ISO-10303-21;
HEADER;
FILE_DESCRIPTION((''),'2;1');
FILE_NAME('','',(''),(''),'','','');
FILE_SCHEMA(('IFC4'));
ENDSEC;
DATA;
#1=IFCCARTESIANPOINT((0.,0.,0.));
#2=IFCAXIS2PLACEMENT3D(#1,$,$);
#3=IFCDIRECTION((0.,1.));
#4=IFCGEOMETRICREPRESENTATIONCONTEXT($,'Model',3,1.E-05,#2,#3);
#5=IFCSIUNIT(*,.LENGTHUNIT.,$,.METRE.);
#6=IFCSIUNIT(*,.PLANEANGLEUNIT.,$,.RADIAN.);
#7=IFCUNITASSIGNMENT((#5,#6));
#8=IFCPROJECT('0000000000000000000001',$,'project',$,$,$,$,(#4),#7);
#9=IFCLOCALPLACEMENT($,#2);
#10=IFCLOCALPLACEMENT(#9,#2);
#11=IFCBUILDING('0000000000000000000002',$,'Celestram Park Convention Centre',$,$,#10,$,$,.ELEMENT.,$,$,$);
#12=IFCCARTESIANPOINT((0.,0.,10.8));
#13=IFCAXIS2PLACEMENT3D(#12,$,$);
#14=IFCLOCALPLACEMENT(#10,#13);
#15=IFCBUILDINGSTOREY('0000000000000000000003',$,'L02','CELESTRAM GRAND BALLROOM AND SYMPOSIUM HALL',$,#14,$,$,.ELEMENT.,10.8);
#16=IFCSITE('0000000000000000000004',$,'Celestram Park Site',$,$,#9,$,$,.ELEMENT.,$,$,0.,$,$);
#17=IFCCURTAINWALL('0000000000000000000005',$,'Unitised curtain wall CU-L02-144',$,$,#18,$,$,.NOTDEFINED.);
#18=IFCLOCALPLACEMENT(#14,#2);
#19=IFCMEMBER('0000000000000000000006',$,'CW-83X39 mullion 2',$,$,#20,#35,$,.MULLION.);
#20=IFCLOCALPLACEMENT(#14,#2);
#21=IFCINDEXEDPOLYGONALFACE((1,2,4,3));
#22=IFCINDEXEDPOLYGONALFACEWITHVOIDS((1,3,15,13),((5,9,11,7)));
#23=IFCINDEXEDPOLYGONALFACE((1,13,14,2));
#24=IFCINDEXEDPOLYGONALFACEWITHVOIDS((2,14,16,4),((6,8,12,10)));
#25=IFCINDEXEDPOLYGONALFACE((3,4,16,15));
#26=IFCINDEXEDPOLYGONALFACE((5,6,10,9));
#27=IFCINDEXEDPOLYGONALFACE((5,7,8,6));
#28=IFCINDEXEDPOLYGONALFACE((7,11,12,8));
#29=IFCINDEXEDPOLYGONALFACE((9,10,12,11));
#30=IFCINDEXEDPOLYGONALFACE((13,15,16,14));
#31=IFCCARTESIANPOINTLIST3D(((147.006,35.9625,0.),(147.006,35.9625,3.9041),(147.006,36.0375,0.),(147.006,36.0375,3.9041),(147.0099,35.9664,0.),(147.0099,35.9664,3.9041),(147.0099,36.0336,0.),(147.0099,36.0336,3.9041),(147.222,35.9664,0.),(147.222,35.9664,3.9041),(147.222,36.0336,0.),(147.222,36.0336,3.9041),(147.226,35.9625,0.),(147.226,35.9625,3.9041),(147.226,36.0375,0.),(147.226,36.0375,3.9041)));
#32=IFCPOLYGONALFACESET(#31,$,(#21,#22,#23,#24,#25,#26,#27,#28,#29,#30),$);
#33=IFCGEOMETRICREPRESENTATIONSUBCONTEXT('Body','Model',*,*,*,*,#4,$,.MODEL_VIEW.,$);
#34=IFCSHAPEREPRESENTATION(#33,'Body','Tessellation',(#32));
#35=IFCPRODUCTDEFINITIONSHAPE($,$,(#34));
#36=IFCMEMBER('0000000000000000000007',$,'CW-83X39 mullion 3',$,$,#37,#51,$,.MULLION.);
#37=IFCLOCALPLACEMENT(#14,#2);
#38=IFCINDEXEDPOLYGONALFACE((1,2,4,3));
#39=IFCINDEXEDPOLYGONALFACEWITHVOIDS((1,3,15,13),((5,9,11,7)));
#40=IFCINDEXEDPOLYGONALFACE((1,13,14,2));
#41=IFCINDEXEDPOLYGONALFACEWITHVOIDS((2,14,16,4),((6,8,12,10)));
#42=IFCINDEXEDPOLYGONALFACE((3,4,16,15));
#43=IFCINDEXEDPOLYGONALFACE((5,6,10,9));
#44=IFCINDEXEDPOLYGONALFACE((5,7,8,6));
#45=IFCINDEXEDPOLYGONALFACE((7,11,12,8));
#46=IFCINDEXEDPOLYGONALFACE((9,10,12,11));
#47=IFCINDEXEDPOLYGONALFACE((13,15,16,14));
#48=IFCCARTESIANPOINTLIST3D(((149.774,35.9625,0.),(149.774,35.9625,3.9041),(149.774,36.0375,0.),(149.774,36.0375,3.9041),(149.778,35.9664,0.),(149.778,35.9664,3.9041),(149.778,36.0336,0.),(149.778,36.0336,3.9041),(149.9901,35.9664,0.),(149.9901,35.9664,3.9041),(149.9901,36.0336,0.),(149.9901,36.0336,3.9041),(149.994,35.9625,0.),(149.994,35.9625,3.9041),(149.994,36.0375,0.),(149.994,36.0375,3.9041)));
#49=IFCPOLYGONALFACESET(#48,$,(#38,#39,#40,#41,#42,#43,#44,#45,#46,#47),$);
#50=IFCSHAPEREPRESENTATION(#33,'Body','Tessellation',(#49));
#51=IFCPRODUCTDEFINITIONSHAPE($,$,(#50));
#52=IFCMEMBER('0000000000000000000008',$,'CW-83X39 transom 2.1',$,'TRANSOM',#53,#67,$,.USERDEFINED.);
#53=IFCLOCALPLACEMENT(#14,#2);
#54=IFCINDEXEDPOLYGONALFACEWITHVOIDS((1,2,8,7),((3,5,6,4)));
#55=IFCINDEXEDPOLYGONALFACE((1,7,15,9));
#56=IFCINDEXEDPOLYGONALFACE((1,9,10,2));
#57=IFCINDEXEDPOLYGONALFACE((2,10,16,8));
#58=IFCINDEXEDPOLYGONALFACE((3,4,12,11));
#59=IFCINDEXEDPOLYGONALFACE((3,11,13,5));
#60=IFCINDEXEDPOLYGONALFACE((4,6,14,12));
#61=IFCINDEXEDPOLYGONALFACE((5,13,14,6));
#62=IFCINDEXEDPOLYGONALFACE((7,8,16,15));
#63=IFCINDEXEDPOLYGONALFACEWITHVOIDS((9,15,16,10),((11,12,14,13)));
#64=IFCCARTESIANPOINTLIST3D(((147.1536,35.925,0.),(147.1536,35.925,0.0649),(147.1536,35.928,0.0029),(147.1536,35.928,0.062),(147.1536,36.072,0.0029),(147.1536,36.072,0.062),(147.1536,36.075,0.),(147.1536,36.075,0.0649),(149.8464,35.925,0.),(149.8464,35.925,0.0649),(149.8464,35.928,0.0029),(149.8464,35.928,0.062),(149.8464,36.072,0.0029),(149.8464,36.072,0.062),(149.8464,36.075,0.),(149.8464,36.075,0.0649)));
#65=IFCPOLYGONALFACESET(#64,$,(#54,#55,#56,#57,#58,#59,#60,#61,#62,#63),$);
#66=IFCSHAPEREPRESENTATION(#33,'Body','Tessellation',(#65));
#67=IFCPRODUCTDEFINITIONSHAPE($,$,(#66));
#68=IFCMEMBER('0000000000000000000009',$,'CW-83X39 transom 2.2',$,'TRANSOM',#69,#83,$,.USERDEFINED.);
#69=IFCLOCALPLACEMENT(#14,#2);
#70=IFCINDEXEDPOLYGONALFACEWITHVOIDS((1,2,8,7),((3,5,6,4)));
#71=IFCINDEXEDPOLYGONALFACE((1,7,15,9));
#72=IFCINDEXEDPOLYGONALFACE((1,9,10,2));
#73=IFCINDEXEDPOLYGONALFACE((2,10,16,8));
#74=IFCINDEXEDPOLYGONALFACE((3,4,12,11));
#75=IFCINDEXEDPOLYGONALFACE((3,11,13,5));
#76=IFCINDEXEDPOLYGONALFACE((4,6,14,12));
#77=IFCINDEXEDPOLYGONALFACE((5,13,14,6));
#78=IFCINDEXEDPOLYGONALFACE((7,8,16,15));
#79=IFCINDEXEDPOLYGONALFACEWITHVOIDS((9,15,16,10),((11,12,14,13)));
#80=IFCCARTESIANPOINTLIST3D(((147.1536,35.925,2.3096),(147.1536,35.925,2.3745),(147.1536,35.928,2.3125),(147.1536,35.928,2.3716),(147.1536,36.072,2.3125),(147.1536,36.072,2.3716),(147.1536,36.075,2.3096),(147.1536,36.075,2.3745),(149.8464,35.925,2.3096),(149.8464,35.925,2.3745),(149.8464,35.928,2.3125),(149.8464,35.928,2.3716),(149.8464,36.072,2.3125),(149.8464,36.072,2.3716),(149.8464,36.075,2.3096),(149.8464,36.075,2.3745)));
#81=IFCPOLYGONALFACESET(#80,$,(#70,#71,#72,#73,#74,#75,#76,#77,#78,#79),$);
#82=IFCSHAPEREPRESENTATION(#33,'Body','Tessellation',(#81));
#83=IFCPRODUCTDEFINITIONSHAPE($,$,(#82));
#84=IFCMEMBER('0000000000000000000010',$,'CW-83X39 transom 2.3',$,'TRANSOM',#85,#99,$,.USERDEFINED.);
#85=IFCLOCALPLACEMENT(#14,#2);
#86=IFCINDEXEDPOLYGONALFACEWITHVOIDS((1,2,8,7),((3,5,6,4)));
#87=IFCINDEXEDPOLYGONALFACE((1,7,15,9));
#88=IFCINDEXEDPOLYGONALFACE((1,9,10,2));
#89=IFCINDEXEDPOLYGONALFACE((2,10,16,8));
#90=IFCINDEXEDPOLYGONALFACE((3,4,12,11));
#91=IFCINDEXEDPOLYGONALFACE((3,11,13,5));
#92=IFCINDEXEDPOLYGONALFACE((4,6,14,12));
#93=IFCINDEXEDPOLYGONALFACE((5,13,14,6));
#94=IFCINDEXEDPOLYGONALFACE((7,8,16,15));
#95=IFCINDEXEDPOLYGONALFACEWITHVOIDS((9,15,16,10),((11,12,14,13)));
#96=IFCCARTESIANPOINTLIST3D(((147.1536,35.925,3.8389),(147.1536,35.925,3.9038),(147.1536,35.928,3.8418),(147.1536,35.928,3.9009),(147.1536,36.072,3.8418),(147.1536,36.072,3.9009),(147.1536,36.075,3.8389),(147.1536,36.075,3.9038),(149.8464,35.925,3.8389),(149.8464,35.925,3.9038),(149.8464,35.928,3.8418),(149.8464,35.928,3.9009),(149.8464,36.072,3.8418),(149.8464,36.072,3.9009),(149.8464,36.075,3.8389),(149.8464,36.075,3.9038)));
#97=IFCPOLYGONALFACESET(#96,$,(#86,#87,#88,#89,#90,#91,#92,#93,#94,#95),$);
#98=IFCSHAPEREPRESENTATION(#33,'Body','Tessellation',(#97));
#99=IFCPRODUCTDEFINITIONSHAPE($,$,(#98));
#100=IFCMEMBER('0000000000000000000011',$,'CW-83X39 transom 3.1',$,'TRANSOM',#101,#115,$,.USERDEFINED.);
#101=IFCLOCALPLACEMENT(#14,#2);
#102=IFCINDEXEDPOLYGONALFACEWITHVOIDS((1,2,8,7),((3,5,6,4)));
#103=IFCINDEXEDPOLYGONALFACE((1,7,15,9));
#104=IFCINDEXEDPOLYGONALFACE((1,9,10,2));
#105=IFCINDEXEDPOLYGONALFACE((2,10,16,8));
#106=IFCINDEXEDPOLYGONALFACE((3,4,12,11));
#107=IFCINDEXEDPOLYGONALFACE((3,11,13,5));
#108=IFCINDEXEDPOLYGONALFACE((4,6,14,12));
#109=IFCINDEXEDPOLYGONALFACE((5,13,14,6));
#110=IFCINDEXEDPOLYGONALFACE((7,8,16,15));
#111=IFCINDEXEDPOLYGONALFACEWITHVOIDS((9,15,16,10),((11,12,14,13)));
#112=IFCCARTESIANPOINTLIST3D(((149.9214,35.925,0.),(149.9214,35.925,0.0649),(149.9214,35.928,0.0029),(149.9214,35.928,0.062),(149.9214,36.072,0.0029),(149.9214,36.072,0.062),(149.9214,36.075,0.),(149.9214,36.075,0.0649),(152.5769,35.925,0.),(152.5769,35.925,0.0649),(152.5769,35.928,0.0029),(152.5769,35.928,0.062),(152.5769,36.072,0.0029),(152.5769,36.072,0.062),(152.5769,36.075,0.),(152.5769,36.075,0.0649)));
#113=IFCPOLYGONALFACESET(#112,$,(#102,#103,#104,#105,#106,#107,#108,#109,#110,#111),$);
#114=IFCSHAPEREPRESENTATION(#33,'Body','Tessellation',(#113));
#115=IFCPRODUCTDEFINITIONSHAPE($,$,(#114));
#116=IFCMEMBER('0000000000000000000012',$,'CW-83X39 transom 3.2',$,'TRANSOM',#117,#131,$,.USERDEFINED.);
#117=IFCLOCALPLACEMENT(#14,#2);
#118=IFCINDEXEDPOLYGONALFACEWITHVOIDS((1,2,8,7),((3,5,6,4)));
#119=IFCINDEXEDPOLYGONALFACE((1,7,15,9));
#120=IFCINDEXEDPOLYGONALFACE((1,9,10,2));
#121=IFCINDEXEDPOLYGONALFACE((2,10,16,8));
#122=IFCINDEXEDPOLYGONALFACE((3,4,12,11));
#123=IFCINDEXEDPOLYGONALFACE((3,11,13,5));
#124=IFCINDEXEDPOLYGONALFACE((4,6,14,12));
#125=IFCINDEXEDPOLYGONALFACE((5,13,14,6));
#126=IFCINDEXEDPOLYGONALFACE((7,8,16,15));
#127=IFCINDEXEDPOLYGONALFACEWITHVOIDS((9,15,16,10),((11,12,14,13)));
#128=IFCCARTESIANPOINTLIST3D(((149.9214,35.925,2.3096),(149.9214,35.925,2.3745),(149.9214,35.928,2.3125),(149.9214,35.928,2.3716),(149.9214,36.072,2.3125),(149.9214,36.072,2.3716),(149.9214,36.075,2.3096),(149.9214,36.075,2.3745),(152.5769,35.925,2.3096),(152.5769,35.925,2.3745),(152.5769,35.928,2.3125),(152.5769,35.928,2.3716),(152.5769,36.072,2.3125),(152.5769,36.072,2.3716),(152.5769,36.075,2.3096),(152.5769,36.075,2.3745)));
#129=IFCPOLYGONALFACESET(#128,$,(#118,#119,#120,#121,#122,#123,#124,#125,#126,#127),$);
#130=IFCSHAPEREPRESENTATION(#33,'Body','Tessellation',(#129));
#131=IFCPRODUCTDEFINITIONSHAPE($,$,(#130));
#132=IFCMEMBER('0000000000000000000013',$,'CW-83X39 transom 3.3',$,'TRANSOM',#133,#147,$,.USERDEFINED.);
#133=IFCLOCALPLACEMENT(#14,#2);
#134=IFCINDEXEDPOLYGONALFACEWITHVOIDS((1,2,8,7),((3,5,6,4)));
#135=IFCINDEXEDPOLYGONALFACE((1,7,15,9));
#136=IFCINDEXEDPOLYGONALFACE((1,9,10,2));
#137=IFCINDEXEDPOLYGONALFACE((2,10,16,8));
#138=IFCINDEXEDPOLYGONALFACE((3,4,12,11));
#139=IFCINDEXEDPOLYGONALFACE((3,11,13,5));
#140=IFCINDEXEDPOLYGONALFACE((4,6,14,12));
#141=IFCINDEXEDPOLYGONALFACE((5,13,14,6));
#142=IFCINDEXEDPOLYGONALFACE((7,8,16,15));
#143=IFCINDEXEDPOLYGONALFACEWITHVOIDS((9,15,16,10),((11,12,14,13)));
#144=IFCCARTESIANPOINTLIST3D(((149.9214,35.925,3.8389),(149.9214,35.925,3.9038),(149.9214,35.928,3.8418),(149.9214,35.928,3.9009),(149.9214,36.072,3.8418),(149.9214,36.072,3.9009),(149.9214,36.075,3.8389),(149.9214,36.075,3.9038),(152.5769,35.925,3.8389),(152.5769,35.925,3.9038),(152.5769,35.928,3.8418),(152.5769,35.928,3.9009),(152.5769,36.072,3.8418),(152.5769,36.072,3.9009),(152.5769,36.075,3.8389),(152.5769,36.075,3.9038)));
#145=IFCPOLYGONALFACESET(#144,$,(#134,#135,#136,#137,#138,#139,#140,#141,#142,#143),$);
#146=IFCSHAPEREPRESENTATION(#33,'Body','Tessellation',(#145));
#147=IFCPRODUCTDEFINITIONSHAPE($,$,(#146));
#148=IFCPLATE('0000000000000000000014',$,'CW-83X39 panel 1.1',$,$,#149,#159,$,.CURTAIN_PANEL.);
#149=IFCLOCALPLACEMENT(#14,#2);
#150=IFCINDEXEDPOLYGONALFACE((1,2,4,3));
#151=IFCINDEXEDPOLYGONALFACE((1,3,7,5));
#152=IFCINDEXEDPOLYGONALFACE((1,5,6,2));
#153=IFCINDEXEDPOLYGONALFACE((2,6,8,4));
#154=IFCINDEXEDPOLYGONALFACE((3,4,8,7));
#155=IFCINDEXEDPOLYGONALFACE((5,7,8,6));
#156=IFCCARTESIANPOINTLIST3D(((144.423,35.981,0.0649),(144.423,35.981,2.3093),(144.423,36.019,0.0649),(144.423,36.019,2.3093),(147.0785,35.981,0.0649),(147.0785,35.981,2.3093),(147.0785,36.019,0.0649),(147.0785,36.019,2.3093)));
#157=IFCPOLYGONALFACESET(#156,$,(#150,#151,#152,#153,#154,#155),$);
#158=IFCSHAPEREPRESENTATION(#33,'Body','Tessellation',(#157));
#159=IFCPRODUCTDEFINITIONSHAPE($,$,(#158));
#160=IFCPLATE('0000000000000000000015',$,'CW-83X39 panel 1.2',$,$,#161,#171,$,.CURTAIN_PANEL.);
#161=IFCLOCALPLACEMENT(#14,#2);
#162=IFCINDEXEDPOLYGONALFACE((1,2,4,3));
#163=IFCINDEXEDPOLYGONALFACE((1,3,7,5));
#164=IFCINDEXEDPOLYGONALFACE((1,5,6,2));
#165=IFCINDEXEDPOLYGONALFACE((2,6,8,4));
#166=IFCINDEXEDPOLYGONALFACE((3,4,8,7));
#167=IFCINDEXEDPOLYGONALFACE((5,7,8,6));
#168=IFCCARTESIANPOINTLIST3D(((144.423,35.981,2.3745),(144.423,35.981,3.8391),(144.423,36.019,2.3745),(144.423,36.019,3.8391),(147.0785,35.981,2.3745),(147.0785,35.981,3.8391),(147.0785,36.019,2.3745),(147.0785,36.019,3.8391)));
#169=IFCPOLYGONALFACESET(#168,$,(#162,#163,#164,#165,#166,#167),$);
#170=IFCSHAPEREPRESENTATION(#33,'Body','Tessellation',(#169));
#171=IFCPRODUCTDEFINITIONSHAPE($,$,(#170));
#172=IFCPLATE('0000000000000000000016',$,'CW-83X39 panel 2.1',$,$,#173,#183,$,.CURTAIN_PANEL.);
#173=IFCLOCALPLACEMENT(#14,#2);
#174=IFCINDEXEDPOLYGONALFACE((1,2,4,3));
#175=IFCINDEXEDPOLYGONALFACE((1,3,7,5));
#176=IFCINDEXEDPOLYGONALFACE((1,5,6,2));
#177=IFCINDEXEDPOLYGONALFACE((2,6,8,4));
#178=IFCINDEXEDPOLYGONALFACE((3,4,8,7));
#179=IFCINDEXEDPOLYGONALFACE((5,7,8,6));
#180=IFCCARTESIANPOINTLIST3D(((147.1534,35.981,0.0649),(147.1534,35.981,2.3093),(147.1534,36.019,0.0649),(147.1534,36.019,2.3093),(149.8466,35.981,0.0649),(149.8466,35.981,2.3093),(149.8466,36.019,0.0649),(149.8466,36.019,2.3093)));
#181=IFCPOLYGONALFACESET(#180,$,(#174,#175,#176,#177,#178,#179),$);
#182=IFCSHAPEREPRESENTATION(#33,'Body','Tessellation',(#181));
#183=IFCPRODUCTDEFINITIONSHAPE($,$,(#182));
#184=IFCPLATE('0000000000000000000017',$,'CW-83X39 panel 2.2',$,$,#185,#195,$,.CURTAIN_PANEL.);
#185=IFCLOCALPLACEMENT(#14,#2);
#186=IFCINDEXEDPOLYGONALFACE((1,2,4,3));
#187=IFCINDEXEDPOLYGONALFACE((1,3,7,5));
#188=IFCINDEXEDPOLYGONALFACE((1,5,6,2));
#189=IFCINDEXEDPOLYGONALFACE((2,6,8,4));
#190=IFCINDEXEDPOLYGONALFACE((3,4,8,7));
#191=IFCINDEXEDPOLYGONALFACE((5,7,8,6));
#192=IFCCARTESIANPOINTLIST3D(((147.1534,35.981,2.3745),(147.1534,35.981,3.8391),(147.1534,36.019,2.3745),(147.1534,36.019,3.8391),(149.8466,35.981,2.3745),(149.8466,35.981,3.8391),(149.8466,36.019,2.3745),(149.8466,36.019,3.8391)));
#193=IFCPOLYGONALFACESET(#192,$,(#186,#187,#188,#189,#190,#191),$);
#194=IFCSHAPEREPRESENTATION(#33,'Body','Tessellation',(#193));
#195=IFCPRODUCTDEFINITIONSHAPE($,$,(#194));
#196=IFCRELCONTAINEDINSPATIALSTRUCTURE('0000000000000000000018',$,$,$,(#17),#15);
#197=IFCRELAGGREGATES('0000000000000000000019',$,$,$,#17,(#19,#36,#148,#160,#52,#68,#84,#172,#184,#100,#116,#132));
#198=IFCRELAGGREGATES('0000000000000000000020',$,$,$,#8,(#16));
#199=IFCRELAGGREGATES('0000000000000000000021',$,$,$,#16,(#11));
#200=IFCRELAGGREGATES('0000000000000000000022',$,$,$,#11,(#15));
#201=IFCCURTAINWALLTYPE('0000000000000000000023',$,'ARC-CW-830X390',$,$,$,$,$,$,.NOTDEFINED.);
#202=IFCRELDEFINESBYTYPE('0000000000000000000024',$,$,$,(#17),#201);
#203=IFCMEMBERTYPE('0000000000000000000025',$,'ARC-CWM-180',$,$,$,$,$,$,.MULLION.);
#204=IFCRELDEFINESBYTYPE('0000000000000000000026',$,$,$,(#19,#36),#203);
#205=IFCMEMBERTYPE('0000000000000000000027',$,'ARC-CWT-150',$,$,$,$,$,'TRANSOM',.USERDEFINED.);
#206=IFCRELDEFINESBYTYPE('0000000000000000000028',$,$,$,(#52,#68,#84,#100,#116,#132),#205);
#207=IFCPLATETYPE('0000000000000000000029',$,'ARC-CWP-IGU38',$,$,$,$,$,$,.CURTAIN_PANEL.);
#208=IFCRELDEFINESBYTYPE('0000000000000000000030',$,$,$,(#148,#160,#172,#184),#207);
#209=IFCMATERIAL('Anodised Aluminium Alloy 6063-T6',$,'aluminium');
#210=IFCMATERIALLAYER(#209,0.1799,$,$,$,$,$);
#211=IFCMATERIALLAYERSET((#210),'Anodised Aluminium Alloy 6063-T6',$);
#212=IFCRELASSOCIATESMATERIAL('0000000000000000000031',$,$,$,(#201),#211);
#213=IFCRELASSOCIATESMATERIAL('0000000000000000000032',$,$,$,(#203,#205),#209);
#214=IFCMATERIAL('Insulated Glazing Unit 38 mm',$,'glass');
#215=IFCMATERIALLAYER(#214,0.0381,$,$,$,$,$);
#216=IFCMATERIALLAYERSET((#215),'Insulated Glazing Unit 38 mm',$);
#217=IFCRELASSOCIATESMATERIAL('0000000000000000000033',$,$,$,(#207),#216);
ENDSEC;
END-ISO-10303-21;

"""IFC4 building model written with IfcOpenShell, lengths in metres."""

from ifc_helpers import new_model, si_unit, direction, frame, origin, origin_2d, place, context, subcontext, project, spatial, rectangle, hollow_rectangle, extrude, material, layer, layer_set, material_profile, profile_set, type_object, element, aggregate, save


model = new_model("IFC4")

# Units and contexts
model_context = context("Model", 3, precision=1e-05, world=origin(), true_north=direction((0.0, 1.0)))
body_context = subcontext(model_context, "Body", "Model", "MODEL_VIEW")
ifc_project = project(units=[si_unit("LENGTHUNIT", "METRE"), si_unit("PLANEANGLEUNIT", "RADIAN")], contexts=[model_context])

# Site, building, storey
site_placement = place(None, origin())
site = spatial("IfcSite", under=ifc_project, at=site_placement, Name="Celestram Park Site", CompositionType="ELEMENT", RefElevation=0.0)
building_placement = place(site_placement, origin())
building = spatial("IfcBuilding", under=site, at=building_placement, Name="Celestram Park Convention Centre", CompositionType="ELEMENT")
storey_placement = place(building_placement, frame((0.0, 0.0, 10.8)))
storey = spatial("IfcBuildingStorey", under=building, at=storey_placement, Name="L02", Description="CELESTRAM GRAND BALLROOM AND SYMPOSIUM HALL", CompositionType="ELEMENT", Elevation=10.8)

# Curtain wall, members, plates
ifc_material_1 = material(Name="Anodised Aluminium Alloy 6063-T6", Category="aluminium")
ifc_layer_1 = layer(ifc_material_1, 0.1799)
ifc_layer_set_1 = layer_set([ifc_layer_1], Name="Anodised Aluminium Alloy 6063-T6")
curtain_wall_type = type_object("IfcCurtainWallType", Name="ARC-CW-830X390", PredefinedType="NOTDEFINED", material=ifc_layer_set_1)
curtain_wall_placement = place(storey_placement, origin())
curtain_wall = element("IfcCurtainWall", 1, at=curtain_wall_placement, inside=storey, type_object=curtain_wall_type, Name="Unitised curtain wall CU-L02-144", PredefinedType="NOTDEFINED")
ifc_material_profile_1 = material_profile(ifc_material_1, hollow_rectangle(XDim=0.075, YDim=0.22, WallThickness=0.0039, at=origin_2d()), Name="ALU75X220X4")
ifc_profile_set_1 = profile_set([ifc_material_profile_1], Name="Anodised Aluminium Alloy 6063-T6")
member_type_1 = type_object("IfcMemberType", Name="ARC-CWM-180", PredefinedType="MULLION", material=ifc_profile_set_1)
member_1_placement = place(storey_placement, frame((147.116, 36.0, 0.0), z_axis=(0.0, 0.0, 1.0), x_axis=(0.0, 1.0, 0.0)))
member_1 = element("IfcMember", 2, at=member_1_placement, type_object=member_type_1, Name="CW-83X39 mullion 2", PredefinedType="MULLION", context=body_context, shape_type="SweptSolid", body=[
    extrude(hollow_rectangle(XDim=0.075, YDim=0.22, WallThickness=0.0039, at=origin_2d()), origin(), (0.0, 0.0, 1.0), 3.9041),
])
member_2_placement = place(storey_placement, frame((149.884, 36.0, 0.0), z_axis=(0.0, 0.0, 1.0), x_axis=(0.0, 1.0, 0.0)))
member_2 = element("IfcMember", 3, at=member_2_placement, type_object=member_type_1, Name="CW-83X39 mullion 3", PredefinedType="MULLION", context=body_context, shape_type="SweptSolid", body=[
    extrude(hollow_rectangle(XDim=0.075, YDim=0.22, WallThickness=0.0039, at=origin_2d()), origin(), (0.0, 0.0, 1.0), 3.9041),
])
ifc_material_profile_2 = material_profile(ifc_material_1, hollow_rectangle(XDim=0.1499, YDim=0.0649, WallThickness=0.0029, at=origin_2d()), Name="ALU150X65X3")
ifc_profile_set_2 = profile_set([ifc_material_profile_2], Name="Anodised Aluminium Alloy 6063-T6")
member_type_2 = type_object("IfcMemberType", Name="ARC-CWT-150", ElementType="TRANSOM", PredefinedType="USERDEFINED", material=ifc_profile_set_2)
member_3_placement = place(storey_placement, frame((147.1536, 36.0, 0.0325), z_axis=(1.0, 0.0, 0.0), x_axis=(0.0, 1.0, 0.0)))
member_3 = element("IfcMember", 4, at=member_3_placement, type_object=member_type_2, Name="CW-83X39 transom 2.1", ObjectType="TRANSOM", PredefinedType="USERDEFINED", context=body_context, shape_type="SweptSolid", body=[
    extrude(hollow_rectangle(XDim=0.1499, YDim=0.0649, WallThickness=0.0029, at=origin_2d()), origin(), (0.0, 0.0, 1.0), 2.6929),
])
member_4_placement = place(storey_placement, frame((147.1536, 36.0, 2.342), z_axis=(1.0, 0.0, 0.0), x_axis=(0.0, 1.0, 0.0)))
member_4 = element("IfcMember", 5, at=member_4_placement, type_object=member_type_2, Name="CW-83X39 transom 2.2", ObjectType="TRANSOM", PredefinedType="USERDEFINED", context=body_context, shape_type="SweptSolid", body=[
    extrude(hollow_rectangle(XDim=0.1499, YDim=0.0649, WallThickness=0.0029, at=origin_2d()), origin(), (0.0, 0.0, 1.0), 2.6929),
])
member_5_placement = place(storey_placement, frame((147.1536, 36.0, 3.8713), z_axis=(1.0, 0.0, 0.0), x_axis=(0.0, 1.0, 0.0)))
member_5 = element("IfcMember", 6, at=member_5_placement, type_object=member_type_2, Name="CW-83X39 transom 2.3", ObjectType="TRANSOM", PredefinedType="USERDEFINED", context=body_context, shape_type="SweptSolid", body=[
    extrude(hollow_rectangle(XDim=0.1499, YDim=0.0649, WallThickness=0.0029, at=origin_2d()), origin(), (0.0, 0.0, 1.0), 2.6929),
])
member_6_placement = place(storey_placement, frame((149.9214, 36.0, 0.0325), z_axis=(1.0, 0.0, 0.0), x_axis=(0.0, 1.0, 0.0)))
member_6 = element("IfcMember", 7, at=member_6_placement, type_object=member_type_2, Name="CW-83X39 transom 3.1", ObjectType="TRANSOM", PredefinedType="USERDEFINED", context=body_context, shape_type="SweptSolid", body=[
    extrude(hollow_rectangle(XDim=0.1499, YDim=0.0649, WallThickness=0.0029, at=origin_2d()), origin(), (0.0, 0.0, 1.0), 2.6555),
])
member_7_placement = place(storey_placement, frame((149.9214, 36.0, 2.342), z_axis=(1.0, 0.0, 0.0), x_axis=(0.0, 1.0, 0.0)))
member_7 = element("IfcMember", 8, at=member_7_placement, type_object=member_type_2, Name="CW-83X39 transom 3.2", ObjectType="TRANSOM", PredefinedType="USERDEFINED", context=body_context, shape_type="SweptSolid", body=[
    extrude(hollow_rectangle(XDim=0.1499, YDim=0.0649, WallThickness=0.0029, at=origin_2d()), origin(), (0.0, 0.0, 1.0), 2.6555),
])
member_8_placement = place(storey_placement, frame((149.9214, 36.0, 3.8713), z_axis=(1.0, 0.0, 0.0), x_axis=(0.0, 1.0, 0.0)))
member_8 = element("IfcMember", 9, at=member_8_placement, type_object=member_type_2, Name="CW-83X39 transom 3.3", ObjectType="TRANSOM", PredefinedType="USERDEFINED", context=body_context, shape_type="SweptSolid", body=[
    extrude(hollow_rectangle(XDim=0.1499, YDim=0.0649, WallThickness=0.0029, at=origin_2d()), origin(), (0.0, 0.0, 1.0), 2.6555),
])
ifc_material_2 = material(Name="Insulated Glazing Unit 38 mm", Category="glass")
ifc_layer_2 = layer(ifc_material_2, 0.0381)
ifc_layer_set_2 = layer_set([ifc_layer_2], Name="Insulated Glazing Unit 38 mm")
plate_type = type_object("IfcPlateType", Name="ARC-CWP-IGU38", PredefinedType="CURTAIN_PANEL", material=ifc_layer_set_2)
plate_1_placement = place(storey_placement, frame((145.7507, 36.0, 0.0649), z_axis=(0.0, 0.0, 1.0), x_axis=(1.0, 0.0, 0.0)))
plate_1 = element("IfcPlate", 10, at=plate_1_placement, type_object=plate_type, Name="CW-83X39 panel 1.1", PredefinedType="CURTAIN_PANEL", context=body_context, shape_type="SweptSolid", body=[
    extrude(rectangle(XDim=2.6555, YDim=0.0381, at=origin_2d()), origin(), (0.0, 0.0, 1.0), 2.2444),
])
plate_2_placement = place(storey_placement, frame((145.7507, 36.0, 2.3745), z_axis=(0.0, 0.0, 1.0), x_axis=(1.0, 0.0, 0.0)))
plate_2 = element("IfcPlate", 11, at=plate_2_placement, type_object=plate_type, Name="CW-83X39 panel 1.2", PredefinedType="CURTAIN_PANEL", context=body_context, shape_type="SweptSolid", body=[
    extrude(rectangle(XDim=2.6555, YDim=0.0381, at=origin_2d()), origin(), (0.0, 0.0, 1.0), 1.4646),
])
plate_3_placement = place(storey_placement, frame((148.5, 36.0, 0.0649), z_axis=(0.0, 0.0, 1.0), x_axis=(1.0, 0.0, 0.0)))
plate_3 = element("IfcPlate", 12, at=plate_3_placement, type_object=plate_type, Name="CW-83X39 panel 2.1", PredefinedType="CURTAIN_PANEL", context=body_context, shape_type="SweptSolid", body=[
    extrude(rectangle(XDim=2.6931, YDim=0.0381, at=origin_2d()), origin(), (0.0, 0.0, 1.0), 2.2444),
])
plate_4_placement = place(storey_placement, frame((148.5, 36.0, 2.3745), z_axis=(0.0, 0.0, 1.0), x_axis=(1.0, 0.0, 0.0)))
plate_4 = element("IfcPlate", 13, at=plate_4_placement, type_object=plate_type, Name="CW-83X39 panel 2.2", PredefinedType="CURTAIN_PANEL", context=body_context, shape_type="SweptSolid", body=[
    extrude(rectangle(XDim=2.6931, YDim=0.0381, at=origin_2d()), origin(), (0.0, 0.0, 1.0), 1.4646),
])
aggregate(curtain_wall, [member_1, member_2, plate_1, plate_2, member_3, member_4, member_5, plate_3, plate_4, member_6, member_7, member_8])

save(model, "model.ifc")
